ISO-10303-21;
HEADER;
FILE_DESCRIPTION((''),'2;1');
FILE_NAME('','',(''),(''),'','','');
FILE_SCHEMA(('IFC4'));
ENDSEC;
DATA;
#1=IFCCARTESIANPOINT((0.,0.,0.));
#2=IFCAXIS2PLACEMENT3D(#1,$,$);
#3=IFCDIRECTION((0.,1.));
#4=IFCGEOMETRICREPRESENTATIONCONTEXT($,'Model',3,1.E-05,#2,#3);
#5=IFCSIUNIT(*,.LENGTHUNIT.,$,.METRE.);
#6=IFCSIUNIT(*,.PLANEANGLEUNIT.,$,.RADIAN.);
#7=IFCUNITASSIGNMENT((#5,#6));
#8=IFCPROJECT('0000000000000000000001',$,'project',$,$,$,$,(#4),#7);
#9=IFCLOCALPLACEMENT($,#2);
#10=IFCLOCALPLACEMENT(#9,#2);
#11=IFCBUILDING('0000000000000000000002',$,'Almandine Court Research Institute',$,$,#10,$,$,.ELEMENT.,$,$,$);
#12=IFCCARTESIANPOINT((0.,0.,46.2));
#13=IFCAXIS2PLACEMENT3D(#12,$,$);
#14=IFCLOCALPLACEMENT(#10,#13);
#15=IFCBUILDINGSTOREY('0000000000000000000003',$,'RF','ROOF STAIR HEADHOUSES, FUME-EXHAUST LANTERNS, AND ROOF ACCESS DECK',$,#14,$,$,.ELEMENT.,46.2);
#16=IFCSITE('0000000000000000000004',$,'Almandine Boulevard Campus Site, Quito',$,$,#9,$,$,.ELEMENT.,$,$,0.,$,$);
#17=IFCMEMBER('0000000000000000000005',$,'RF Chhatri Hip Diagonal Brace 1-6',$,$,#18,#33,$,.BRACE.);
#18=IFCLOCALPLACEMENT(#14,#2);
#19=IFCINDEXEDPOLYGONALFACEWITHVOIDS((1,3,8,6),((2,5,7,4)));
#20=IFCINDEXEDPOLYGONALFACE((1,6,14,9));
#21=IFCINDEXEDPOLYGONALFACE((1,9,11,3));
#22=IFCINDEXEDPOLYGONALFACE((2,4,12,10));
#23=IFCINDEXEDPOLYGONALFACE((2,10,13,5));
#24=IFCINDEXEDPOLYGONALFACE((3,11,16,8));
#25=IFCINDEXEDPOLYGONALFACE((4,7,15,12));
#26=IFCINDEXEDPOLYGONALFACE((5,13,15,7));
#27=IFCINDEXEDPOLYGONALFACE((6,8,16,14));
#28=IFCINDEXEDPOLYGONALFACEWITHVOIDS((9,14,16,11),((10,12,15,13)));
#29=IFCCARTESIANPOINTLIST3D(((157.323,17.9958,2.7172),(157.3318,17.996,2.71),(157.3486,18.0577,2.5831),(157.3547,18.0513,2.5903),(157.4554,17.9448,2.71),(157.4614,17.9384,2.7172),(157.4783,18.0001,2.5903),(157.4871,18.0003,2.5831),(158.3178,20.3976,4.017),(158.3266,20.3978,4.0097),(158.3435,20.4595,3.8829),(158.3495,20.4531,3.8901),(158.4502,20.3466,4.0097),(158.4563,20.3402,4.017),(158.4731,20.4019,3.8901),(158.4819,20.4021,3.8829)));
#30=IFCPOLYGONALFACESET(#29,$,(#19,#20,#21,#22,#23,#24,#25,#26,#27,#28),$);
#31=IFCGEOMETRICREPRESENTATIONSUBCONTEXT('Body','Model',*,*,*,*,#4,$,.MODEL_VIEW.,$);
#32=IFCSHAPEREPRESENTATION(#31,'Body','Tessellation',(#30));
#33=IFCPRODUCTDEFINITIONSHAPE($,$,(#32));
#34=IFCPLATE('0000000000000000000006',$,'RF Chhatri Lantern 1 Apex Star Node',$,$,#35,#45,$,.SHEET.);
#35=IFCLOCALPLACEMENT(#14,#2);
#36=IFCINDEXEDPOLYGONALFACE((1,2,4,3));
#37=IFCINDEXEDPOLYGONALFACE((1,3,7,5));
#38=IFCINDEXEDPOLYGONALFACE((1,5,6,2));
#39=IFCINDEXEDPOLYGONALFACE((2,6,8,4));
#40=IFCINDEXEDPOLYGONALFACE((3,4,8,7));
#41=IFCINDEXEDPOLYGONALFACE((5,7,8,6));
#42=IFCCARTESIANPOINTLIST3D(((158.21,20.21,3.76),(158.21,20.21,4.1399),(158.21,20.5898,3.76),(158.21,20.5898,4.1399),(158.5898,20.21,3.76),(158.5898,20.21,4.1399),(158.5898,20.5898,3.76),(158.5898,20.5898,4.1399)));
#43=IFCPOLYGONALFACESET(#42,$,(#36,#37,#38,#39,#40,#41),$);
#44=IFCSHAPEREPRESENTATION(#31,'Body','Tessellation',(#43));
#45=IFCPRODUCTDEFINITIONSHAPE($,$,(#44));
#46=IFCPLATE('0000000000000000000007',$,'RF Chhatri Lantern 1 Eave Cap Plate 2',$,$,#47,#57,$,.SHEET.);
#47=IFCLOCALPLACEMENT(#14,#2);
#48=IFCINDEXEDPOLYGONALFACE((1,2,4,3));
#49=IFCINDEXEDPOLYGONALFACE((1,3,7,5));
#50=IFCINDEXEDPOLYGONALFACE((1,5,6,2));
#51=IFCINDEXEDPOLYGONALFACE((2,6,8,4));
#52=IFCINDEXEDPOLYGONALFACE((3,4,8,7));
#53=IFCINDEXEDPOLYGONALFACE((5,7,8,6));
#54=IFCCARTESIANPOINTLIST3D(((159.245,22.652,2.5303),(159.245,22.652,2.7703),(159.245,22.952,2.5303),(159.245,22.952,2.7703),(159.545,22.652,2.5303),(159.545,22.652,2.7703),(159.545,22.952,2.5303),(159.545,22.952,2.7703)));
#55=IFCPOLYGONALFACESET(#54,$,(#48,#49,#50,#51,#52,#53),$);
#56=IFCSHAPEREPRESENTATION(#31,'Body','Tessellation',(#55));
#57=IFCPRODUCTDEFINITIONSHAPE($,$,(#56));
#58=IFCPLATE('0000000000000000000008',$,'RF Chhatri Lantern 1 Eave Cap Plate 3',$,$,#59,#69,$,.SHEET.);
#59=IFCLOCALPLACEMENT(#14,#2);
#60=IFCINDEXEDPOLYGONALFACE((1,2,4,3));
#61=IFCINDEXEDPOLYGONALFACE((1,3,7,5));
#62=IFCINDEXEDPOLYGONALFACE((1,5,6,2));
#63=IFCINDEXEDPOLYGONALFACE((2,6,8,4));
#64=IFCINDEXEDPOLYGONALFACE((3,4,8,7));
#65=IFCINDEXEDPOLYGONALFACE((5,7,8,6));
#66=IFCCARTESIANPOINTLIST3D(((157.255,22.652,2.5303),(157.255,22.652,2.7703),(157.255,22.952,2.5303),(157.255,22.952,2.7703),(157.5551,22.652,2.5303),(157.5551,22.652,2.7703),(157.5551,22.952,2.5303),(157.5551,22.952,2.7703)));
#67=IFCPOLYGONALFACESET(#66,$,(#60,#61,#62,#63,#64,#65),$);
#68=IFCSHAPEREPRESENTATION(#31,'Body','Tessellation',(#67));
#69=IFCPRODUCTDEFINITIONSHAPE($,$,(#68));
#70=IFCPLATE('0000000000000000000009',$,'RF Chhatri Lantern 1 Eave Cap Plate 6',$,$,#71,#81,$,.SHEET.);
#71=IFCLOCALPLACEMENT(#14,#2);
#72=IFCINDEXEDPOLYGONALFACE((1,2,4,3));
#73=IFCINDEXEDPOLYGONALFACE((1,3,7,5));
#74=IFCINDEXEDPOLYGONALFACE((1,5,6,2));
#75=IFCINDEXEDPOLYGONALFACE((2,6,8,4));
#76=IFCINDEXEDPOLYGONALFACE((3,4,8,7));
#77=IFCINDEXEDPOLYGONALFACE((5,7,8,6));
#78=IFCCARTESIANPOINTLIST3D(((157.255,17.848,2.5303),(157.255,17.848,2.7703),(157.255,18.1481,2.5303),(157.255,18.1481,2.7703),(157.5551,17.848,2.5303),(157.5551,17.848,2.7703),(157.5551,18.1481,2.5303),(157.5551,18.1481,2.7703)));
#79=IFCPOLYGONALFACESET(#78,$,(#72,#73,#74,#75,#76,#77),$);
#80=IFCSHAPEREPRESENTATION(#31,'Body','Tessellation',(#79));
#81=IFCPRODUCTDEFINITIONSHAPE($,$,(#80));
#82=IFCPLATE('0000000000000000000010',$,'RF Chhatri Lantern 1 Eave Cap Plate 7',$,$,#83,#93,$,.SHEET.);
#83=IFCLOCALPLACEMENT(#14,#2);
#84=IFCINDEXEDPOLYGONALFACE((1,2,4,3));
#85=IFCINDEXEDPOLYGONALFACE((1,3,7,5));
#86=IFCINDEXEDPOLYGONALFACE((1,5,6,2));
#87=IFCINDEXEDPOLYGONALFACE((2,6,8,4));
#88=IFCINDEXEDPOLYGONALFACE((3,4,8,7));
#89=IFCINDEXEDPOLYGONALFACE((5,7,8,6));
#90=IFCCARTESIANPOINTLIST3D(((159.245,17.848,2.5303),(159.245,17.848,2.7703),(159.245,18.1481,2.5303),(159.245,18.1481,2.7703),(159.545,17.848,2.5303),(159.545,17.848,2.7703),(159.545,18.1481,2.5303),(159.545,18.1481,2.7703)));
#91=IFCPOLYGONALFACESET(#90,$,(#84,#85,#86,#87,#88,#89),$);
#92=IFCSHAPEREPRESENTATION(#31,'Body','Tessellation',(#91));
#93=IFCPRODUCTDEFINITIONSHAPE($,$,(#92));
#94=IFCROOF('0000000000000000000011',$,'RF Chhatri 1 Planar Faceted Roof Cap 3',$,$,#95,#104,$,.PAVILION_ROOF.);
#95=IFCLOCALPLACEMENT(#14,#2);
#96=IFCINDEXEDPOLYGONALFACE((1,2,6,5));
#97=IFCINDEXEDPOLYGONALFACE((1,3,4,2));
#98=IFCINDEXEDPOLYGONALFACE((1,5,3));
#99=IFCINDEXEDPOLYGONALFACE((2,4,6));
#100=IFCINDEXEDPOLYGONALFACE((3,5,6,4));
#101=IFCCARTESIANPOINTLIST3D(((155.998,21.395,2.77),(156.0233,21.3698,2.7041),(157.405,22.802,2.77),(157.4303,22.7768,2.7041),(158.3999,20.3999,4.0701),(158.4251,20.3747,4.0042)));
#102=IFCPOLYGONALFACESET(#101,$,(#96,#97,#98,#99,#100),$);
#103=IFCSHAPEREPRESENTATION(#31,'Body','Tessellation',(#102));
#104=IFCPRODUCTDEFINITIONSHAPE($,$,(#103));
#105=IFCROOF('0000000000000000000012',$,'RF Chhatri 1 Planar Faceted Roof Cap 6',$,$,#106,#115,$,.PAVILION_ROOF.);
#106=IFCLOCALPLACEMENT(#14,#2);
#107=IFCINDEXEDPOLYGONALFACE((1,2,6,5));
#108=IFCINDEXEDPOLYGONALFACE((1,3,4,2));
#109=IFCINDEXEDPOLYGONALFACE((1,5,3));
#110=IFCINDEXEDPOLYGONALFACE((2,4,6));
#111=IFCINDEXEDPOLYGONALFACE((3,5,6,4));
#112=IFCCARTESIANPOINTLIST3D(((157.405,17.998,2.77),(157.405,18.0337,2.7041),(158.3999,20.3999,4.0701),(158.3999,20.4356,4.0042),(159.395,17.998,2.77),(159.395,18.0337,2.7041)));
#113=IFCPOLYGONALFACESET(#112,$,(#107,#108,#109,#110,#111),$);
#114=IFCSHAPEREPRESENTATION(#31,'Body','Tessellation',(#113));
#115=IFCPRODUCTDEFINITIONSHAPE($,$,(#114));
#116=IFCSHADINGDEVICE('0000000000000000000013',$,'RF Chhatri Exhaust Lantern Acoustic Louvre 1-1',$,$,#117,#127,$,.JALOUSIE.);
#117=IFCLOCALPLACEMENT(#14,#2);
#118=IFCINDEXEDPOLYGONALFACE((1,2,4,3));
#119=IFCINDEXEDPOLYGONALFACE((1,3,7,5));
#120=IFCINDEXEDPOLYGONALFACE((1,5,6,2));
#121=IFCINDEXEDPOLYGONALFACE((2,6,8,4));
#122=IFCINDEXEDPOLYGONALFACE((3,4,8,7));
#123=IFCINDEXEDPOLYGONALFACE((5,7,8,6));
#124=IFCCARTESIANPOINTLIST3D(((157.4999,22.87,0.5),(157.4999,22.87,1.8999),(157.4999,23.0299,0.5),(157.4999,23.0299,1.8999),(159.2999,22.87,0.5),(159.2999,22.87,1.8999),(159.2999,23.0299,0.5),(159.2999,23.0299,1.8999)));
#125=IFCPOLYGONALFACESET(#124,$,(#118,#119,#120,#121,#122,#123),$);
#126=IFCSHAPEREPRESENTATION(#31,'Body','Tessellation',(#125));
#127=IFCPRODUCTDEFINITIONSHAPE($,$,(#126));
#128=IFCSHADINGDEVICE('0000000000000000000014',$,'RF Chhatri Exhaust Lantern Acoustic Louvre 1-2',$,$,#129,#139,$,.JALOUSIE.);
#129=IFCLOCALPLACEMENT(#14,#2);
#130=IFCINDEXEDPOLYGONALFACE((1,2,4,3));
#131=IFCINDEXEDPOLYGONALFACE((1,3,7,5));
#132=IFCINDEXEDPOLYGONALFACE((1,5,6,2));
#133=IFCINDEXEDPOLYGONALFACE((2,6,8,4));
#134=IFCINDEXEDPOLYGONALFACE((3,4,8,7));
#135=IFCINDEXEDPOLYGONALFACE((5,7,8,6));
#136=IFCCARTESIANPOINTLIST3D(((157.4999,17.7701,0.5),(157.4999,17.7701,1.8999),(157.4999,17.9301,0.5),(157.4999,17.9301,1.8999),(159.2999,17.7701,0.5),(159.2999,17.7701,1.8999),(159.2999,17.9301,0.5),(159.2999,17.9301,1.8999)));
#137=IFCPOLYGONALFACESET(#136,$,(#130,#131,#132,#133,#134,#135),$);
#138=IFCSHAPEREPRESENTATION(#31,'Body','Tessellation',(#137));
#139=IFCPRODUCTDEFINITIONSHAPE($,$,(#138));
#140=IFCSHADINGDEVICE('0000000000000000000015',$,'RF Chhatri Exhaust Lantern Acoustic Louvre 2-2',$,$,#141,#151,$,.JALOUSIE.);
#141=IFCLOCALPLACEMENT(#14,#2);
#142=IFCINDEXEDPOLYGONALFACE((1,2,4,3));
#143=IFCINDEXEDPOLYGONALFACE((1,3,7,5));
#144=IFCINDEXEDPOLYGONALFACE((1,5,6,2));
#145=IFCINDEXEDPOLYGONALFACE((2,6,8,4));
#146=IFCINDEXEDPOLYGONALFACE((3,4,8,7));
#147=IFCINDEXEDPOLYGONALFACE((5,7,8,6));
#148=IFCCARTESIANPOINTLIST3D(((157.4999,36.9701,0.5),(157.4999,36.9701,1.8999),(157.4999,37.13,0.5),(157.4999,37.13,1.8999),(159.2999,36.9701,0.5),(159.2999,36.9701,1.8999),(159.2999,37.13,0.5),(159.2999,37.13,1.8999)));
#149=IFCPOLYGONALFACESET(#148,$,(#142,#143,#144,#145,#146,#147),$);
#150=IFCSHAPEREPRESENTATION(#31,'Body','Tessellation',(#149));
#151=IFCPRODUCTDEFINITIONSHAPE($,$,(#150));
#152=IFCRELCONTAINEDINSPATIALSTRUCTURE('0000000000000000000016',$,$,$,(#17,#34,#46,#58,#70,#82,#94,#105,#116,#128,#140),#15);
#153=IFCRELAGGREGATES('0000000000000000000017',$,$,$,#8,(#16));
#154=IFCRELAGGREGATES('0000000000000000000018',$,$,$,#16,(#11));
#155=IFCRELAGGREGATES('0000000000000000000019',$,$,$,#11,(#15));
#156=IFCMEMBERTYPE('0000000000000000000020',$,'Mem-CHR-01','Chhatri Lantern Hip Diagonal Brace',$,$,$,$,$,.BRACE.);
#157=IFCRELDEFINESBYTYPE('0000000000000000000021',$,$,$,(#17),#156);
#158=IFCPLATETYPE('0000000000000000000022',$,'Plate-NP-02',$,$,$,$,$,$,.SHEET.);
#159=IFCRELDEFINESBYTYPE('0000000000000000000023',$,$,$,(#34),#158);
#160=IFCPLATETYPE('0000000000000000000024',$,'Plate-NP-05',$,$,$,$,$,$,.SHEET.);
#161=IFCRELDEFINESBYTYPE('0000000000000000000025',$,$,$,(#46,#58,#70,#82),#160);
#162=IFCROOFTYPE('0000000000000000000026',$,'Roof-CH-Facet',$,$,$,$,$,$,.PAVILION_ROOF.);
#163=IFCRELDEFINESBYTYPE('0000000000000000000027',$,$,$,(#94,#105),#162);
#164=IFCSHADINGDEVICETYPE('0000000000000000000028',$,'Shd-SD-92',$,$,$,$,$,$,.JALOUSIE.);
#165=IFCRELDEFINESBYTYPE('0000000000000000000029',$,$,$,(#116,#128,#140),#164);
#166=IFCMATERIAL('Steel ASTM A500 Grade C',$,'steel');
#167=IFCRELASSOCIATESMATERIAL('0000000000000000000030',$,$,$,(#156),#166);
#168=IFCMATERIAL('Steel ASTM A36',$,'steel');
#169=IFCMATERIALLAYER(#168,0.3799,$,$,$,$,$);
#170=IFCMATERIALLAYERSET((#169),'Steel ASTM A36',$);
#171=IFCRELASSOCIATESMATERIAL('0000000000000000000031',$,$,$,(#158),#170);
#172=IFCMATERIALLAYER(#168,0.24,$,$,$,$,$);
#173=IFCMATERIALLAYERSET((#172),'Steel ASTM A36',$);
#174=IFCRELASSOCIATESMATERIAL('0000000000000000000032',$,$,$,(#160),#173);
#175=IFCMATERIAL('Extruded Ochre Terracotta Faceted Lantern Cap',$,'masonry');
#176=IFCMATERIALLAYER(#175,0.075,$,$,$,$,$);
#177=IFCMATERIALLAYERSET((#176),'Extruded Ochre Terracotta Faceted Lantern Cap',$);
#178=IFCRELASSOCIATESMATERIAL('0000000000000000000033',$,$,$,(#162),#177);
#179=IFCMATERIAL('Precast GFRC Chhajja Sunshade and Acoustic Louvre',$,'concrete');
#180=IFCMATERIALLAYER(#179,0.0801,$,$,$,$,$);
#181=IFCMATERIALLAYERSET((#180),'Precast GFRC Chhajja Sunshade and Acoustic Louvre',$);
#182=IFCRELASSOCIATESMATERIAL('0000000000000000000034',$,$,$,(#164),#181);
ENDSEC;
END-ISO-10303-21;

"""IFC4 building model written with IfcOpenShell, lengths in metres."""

from ifc_helpers import new_model, si_unit, direction, frame, origin, origin_2d, place, context, subcontext, project, spatial, polyline, rectangle, hollow_rectangle, outline, extrude, material, layer, layer_set, material_profile, profile_set, type_object, element, save


model = new_model("IFC4")

# Units and contexts
model_context = context("Model", 3, precision=1e-05, world=origin(), true_north=direction((0.0, 1.0)))
body_context = subcontext(model_context, "Body", "Model", "MODEL_VIEW")
ifc_project = project(units=[si_unit("LENGTHUNIT", "METRE"), si_unit("PLANEANGLEUNIT", "RADIAN")], contexts=[model_context])

# Site, building, storey
site_placement = place(None, origin())
site = spatial("IfcSite", under=ifc_project, at=site_placement, Name="Almandine Boulevard Campus Site, Quito", CompositionType="ELEMENT", RefElevation=0.0)
building_placement = place(site_placement, origin())
building = spatial("IfcBuilding", under=site, at=building_placement, Name="Almandine Court Research Institute", CompositionType="ELEMENT")
storey_placement = place(building_placement, frame((0.0, 0.0, 46.2)))
storey = spatial("IfcBuildingStorey", under=building, at=storey_placement, Name="RF", Description="ROOF STAIR HEADHOUSES, FUME-EXHAUST LANTERNS, AND ROOF ACCESS DECK", CompositionType="ELEMENT", Elevation=46.2)

# Shared definitions
ifc_material_1 = material(Name="Steel ASTM A500 Grade C", Category="steel")

# Member
ifc_material_profile_1 = material_profile(ifc_material_1, hollow_rectangle(XDim=0.1499, YDim=0.1499, WallThickness=0.0081, at=origin_2d()), Name="HSS 150x150x8")
ifc_profile_set_1 = profile_set([ifc_material_profile_1], Name="Steel ASTM A500 Grade C")
member_type = type_object("IfcMemberType", Name="Mem-CHR-01", Description="Chhatri Lantern Hip Diagonal Brace", PredefinedType="BRACE", material=ifc_profile_set_1)
member_1_placement = place(storey_placement, frame((157.405, 17.998, 2.6501), z_axis=(0.342284, 0.826353, 0.447195), x_axis=(-0.923881, 0.382681, 0.0)))
element("IfcMember", 1, at=member_1_placement, inside=storey, type_object=member_type, Name="RF Chhatri Hip Diagonal Brace 1-6", PredefinedType="BRACE", context=body_context, shape_type="SweptSolid", body=[
    extrude(hollow_rectangle(XDim=0.1499, YDim=0.1499, WallThickness=0.0081, at=origin_2d()), origin(), (0.0, 0.0, 1.0), 2.9065),
])

# Plates
ifc_material_2 = material(Name="Steel ASTM A36", Category="steel")
ifc_layer_1 = layer(ifc_material_2, 0.3799)
ifc_layer_set_1 = layer_set([ifc_layer_1], Name="Steel ASTM A36")
plate_type_1 = type_object("IfcPlateType", Name="Plate-NP-02", PredefinedType="SHEET", material=ifc_layer_set_1)
plate_placement = place(storey_placement, frame((158.3999, 20.3999, 3.76), z_axis=(0.0, 0.0, 1.0), x_axis=(1.0, 0.0, 0.0)))
element("IfcPlate", 2, at=plate_placement, inside=storey, type_object=plate_type_1, Name="RF Chhatri Lantern 1 Apex Star Node", PredefinedType="SHEET", context=body_context, shape_type="SweptSolid", body=[
    extrude(rectangle(XDim=0.3799, YDim=0.3799, at=origin_2d()), origin(), (0.0, 0.0, 1.0), 0.3799),
])
ifc_layer_2 = layer(ifc_material_2, 0.24)
ifc_layer_set_2 = layer_set([ifc_layer_2], Name="Steel ASTM A36")
plate_type_2 = type_object("IfcPlateType", Name="Plate-NP-05", PredefinedType="SHEET", material=ifc_layer_set_2)
for number, where, z_axis, x_axis, name in (
    (3, (159.395, 22.802, 2.5303), (0.0, 0.0, 1.0), (1.0, 0.0, 0.0), "RF Chhatri Lantern 1 Eave Cap Plate 2"),
    (4, (157.405, 22.802, 2.5303), (0.0, 0.0, 1.0), (1.0, 0.0, 0.0), "RF Chhatri Lantern 1 Eave Cap Plate 3"),
    (5, (157.405, 17.998, 2.5303), (0.0, 0.0, 1.0), (1.0, 0.0, 0.0), "RF Chhatri Lantern 1 Eave Cap Plate 6"),
    (6, (159.395, 17.998, 2.5303), (0.0, 0.0, 1.0), (1.0, 0.0, 0.0), "RF Chhatri Lantern 1 Eave Cap Plate 7"),
):
    element("IfcPlate", number, at=place(storey_placement, frame(where, z_axis=z_axis, x_axis=x_axis)), inside=storey, type_object=plate_type_2, Name=name, PredefinedType="SHEET", context=body_context, shape_type="SweptSolid", body=[
        extrude(rectangle(XDim=0.3, YDim=0.3, at=origin_2d()), origin(), (0.0, 0.0, 1.0), 0.24),
    ])

# Roofs
ifc_material_3 = material(Name="Extruded Ochre Terracotta Faceted Lantern Cap", Category="masonry")
ifc_layer_3 = layer(ifc_material_3, 0.075)
ifc_layer_set_3 = layer_set([ifc_layer_3], Name="Extruded Ochre Terracotta Faceted Lantern Cap")
roof_type = type_object("IfcRoofType", Name="Roof-CH-Facet", PredefinedType="PAVILION_ROOF", material=ifc_layer_set_3)
roof_1_placement = place(storey_placement, frame((157.405, 22.802, 2.77), z_axis=(-0.336574, 0.336574, 0.879452), x_axis=(-0.707107, -0.707107, 0.0)))
element("IfcRoof", 7, at=roof_1_placement, inside=storey, type_object=roof_type, Name="RF Chhatri 1 Planar Faceted Roof Cap 3", PredefinedType="PAVILION_ROOF", context=body_context, shape_type="SweptSolid", body=[
    extrude(outline(polyline([(0.0, 0.0), (1.9898, 0.0), (0.9951, 2.7313), (0.0, 0.0)])), origin(), (0.0, 0.0, -1.0), 0.075),
])
roof_2_placement = place(storey_placement, frame((157.405, 17.998, 2.77), z_axis=(0.0, -0.476012, 0.879439), x_axis=(1.0, 0.0, 0.0)))
element("IfcRoof", 8, at=roof_2_placement, inside=storey, type_object=roof_type, Name="RF Chhatri 1 Planar Faceted Roof Cap 6", PredefinedType="PAVILION_ROOF", context=body_context, shape_type="SweptSolid", body=[
    extrude(outline(polyline([(0.0, 0.0), (1.99, 0.0), (0.9949, 2.7311), (0.0, 0.0)])), origin(), (0.0, 0.0, -1.0), 0.075),
])

# Shading devices
ifc_material_4 = material(Name="Precast GFRC Chhajja Sunshade and Acoustic Louvre", Category="concrete")
ifc_layer_4 = layer(ifc_material_4, 0.0801)
ifc_layer_set_4 = layer_set([ifc_layer_4], Name="Precast GFRC Chhajja Sunshade and Acoustic Louvre")
shading_device_type = type_object("IfcShadingDeviceType", Name="Shd-SD-92", PredefinedType="JALOUSIE", material=ifc_layer_set_4)
for number, where, z_axis, x_axis, name in (
    (9, (158.3999, 22.95, 0.5), (0.0, 0.0, 1.0), (1.0, 0.0, 0.0), "RF Chhatri Exhaust Lantern Acoustic Louvre 1-1"),
    (10, (158.3999, 17.8501, 0.5), (0.0, 0.0, 1.0), (1.0, 0.0, 0.0), "RF Chhatri Exhaust Lantern Acoustic Louvre 1-2"),
    (11, (158.3999, 37.05, 0.5), (0.0, 0.0, 1.0), (1.0, 0.0, 0.0), "RF Chhatri Exhaust Lantern Acoustic Louvre 2-2"),
):
    element("IfcShadingDevice", number, at=place(storey_placement, frame(where, z_axis=z_axis, x_axis=x_axis)), inside=storey, type_object=shading_device_type, Name=name, PredefinedType="JALOUSIE", context=body_context, shape_type="SweptSolid", body=[
        extrude(rectangle(XDim=1.8, YDim=0.1599, at=origin_2d()), origin(), (0.0, 0.0, 1.0), 1.3999),
    ])

save(model, "model.ifc")
